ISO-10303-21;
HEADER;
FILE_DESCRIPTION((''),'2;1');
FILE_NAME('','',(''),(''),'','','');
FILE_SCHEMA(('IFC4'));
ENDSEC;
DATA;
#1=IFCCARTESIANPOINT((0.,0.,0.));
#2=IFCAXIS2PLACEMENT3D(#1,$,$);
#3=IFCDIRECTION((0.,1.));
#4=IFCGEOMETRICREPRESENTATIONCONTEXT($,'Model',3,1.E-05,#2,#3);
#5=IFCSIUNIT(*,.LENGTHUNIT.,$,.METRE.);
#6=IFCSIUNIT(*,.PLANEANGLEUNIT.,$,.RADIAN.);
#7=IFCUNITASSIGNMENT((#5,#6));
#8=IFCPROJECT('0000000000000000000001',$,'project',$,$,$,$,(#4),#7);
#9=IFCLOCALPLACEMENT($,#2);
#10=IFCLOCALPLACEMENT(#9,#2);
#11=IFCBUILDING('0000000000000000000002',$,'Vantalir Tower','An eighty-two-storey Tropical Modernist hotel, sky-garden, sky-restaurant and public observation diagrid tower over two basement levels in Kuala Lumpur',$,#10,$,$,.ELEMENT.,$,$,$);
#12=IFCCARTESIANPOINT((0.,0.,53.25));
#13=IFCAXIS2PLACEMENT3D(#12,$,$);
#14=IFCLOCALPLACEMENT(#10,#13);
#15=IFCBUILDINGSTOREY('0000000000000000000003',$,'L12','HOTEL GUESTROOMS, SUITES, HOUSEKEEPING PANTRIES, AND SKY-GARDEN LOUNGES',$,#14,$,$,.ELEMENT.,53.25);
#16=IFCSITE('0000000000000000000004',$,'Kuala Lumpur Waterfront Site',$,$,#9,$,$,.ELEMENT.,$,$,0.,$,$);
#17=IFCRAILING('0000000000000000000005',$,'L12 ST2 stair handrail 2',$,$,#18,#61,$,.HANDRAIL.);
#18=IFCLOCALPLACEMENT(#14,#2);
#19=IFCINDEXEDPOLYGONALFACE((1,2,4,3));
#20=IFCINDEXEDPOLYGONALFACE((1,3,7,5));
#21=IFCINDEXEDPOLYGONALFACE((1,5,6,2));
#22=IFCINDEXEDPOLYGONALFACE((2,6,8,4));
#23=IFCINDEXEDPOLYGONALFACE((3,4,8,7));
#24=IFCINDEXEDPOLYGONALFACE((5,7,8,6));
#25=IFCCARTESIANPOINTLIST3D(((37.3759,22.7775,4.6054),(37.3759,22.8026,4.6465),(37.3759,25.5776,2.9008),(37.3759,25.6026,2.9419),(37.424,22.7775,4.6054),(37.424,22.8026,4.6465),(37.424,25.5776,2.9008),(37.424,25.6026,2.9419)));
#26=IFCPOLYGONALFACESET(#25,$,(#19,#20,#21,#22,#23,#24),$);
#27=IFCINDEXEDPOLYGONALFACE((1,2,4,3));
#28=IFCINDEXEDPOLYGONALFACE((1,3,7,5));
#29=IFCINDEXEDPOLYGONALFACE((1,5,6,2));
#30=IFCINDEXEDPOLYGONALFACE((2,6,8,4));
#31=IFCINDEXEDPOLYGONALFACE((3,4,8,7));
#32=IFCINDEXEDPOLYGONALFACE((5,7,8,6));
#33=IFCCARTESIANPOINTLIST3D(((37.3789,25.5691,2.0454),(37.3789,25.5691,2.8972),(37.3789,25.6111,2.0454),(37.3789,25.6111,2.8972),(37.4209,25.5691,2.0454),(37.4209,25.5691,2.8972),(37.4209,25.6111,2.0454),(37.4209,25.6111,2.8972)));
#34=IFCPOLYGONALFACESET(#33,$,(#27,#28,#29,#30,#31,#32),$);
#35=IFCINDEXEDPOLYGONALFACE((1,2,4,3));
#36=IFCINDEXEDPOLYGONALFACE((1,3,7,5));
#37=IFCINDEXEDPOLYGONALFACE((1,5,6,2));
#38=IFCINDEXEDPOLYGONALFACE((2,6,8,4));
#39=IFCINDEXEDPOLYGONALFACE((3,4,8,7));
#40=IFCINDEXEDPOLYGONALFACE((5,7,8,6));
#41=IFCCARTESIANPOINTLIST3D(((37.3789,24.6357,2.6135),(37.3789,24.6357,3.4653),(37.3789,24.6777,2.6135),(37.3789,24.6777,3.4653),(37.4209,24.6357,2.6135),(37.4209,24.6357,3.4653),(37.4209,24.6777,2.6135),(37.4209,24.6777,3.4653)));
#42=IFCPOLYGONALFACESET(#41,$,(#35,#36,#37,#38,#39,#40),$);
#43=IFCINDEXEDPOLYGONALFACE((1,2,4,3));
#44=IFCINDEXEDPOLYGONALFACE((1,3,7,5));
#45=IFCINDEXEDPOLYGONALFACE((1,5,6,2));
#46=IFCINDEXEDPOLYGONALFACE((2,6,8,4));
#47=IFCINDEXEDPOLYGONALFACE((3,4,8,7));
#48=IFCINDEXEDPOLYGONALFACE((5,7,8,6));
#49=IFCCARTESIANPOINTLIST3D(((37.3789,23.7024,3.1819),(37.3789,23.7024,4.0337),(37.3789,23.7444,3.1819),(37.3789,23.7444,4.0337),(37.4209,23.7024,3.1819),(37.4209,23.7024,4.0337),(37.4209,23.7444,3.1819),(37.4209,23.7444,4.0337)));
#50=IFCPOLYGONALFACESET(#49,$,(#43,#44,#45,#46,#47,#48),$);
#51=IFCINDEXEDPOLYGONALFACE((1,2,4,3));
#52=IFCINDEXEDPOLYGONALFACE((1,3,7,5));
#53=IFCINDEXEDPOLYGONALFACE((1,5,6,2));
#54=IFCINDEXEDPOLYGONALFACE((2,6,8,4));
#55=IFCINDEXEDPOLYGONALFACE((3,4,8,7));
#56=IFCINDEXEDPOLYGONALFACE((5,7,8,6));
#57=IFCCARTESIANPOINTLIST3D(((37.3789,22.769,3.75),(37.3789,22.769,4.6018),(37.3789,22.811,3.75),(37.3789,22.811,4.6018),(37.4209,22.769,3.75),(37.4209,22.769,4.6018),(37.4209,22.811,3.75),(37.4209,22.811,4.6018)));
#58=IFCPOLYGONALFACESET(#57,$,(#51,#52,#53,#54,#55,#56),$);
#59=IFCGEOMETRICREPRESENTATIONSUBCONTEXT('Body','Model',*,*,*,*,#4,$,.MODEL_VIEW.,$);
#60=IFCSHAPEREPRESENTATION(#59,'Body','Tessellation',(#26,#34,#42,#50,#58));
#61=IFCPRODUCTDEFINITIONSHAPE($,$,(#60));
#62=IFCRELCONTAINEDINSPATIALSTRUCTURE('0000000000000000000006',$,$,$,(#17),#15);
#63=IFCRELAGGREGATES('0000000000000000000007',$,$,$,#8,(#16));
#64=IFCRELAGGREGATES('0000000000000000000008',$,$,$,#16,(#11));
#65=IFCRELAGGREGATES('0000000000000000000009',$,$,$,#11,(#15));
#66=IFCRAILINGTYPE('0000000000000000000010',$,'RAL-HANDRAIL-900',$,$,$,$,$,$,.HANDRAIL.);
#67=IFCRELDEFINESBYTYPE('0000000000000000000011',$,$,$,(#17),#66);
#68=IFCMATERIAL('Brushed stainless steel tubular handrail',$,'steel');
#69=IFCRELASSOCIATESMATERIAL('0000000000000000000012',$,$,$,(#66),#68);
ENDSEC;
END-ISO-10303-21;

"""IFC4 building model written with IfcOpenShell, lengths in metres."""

from ifc_helpers import new_model, si_unit, direction, frame, origin, origin_2d, place, context, subcontext, project, spatial, rectangle, extrude, material, type_object, element, save


model = new_model("IFC4")

# Units and contexts
model_context = context("Model", 3, precision=1e-05, world=origin(), true_north=direction((0.0, 1.0)))
body_context = subcontext(model_context, "Body", "Model", "MODEL_VIEW")
ifc_project = project(units=[si_unit("LENGTHUNIT", "METRE"), si_unit("PLANEANGLEUNIT", "RADIAN")], contexts=[model_context])

# Site, building, storey
site_placement = place(None, origin())
site = spatial("IfcSite", under=ifc_project, at=site_placement, Name="Kuala Lumpur Waterfront Site", CompositionType="ELEMENT", RefElevation=0.0)
building_placement = place(site_placement, origin())
building = spatial("IfcBuilding", under=site, at=building_placement, Name="Vantalir Tower", Description="An eighty-two-storey Tropical Modernist hotel, sky-garden, sky-restaurant and public observation diagrid tower over two basement levels in Kuala Lumpur", CompositionType="ELEMENT")
storey_placement = place(building_placement, frame((0.0, 0.0, 53.25)))
storey = spatial("IfcBuildingStorey", under=building, at=storey_placement, Name="L12", Description="HOTEL GUESTROOMS, SUITES, HOUSEKEEPING PANTRIES, AND SKY-GARDEN LOUNGES", CompositionType="ELEMENT", Elevation=53.25)

# Railing
ifc_material_1 = material(Name="Brushed stainless steel tubular handrail", Category="steel")
railing_type_1 = type_object("IfcRailingType", Name="RAL-HANDRAIL-900", PredefinedType="HANDRAIL", material=ifc_material_1)
railing_1_placement = place(storey_placement, frame((37.3999, 25.5901, 2.0454)))
element("IfcRailing", 1, at=railing_1_placement, inside=storey, type_object=railing_type_1, Name="L12 ST2 stair handrail 2", PredefinedType="HANDRAIL", context=body_context, shape_type="SweptSolid", body=[
    extrude(rectangle(XDim=0.0481, YDim=0.0481, at=origin_2d()), frame((0.0, 0.0, 0.876), z_axis=(0.0, -0.85417, 0.519994), x_axis=(1.0, 0.0, 0.0)), (0.0, 0.0, 1.0), 3.2781),
    extrude(rectangle(XDim=0.042, YDim=0.042, at=origin_2d()), origin(), (0.0, 0.0, 1.0), 0.8518),
    extrude(rectangle(XDim=0.042, YDim=0.042, at=origin_2d()), frame((0.0, -0.9333, 0.5681)), (0.0, 0.0, 1.0), 0.8518),
    extrude(rectangle(XDim=0.042, YDim=0.042, at=origin_2d()), frame((0.0, -1.8667, 1.1365)), (0.0, 0.0, 1.0), 0.8518),
    extrude(rectangle(XDim=0.042, YDim=0.042, at=origin_2d()), frame((0.0, -2.8, 1.7046)), (0.0, 0.0, 1.0), 0.8518),
])

save(model, "model.ifc")
